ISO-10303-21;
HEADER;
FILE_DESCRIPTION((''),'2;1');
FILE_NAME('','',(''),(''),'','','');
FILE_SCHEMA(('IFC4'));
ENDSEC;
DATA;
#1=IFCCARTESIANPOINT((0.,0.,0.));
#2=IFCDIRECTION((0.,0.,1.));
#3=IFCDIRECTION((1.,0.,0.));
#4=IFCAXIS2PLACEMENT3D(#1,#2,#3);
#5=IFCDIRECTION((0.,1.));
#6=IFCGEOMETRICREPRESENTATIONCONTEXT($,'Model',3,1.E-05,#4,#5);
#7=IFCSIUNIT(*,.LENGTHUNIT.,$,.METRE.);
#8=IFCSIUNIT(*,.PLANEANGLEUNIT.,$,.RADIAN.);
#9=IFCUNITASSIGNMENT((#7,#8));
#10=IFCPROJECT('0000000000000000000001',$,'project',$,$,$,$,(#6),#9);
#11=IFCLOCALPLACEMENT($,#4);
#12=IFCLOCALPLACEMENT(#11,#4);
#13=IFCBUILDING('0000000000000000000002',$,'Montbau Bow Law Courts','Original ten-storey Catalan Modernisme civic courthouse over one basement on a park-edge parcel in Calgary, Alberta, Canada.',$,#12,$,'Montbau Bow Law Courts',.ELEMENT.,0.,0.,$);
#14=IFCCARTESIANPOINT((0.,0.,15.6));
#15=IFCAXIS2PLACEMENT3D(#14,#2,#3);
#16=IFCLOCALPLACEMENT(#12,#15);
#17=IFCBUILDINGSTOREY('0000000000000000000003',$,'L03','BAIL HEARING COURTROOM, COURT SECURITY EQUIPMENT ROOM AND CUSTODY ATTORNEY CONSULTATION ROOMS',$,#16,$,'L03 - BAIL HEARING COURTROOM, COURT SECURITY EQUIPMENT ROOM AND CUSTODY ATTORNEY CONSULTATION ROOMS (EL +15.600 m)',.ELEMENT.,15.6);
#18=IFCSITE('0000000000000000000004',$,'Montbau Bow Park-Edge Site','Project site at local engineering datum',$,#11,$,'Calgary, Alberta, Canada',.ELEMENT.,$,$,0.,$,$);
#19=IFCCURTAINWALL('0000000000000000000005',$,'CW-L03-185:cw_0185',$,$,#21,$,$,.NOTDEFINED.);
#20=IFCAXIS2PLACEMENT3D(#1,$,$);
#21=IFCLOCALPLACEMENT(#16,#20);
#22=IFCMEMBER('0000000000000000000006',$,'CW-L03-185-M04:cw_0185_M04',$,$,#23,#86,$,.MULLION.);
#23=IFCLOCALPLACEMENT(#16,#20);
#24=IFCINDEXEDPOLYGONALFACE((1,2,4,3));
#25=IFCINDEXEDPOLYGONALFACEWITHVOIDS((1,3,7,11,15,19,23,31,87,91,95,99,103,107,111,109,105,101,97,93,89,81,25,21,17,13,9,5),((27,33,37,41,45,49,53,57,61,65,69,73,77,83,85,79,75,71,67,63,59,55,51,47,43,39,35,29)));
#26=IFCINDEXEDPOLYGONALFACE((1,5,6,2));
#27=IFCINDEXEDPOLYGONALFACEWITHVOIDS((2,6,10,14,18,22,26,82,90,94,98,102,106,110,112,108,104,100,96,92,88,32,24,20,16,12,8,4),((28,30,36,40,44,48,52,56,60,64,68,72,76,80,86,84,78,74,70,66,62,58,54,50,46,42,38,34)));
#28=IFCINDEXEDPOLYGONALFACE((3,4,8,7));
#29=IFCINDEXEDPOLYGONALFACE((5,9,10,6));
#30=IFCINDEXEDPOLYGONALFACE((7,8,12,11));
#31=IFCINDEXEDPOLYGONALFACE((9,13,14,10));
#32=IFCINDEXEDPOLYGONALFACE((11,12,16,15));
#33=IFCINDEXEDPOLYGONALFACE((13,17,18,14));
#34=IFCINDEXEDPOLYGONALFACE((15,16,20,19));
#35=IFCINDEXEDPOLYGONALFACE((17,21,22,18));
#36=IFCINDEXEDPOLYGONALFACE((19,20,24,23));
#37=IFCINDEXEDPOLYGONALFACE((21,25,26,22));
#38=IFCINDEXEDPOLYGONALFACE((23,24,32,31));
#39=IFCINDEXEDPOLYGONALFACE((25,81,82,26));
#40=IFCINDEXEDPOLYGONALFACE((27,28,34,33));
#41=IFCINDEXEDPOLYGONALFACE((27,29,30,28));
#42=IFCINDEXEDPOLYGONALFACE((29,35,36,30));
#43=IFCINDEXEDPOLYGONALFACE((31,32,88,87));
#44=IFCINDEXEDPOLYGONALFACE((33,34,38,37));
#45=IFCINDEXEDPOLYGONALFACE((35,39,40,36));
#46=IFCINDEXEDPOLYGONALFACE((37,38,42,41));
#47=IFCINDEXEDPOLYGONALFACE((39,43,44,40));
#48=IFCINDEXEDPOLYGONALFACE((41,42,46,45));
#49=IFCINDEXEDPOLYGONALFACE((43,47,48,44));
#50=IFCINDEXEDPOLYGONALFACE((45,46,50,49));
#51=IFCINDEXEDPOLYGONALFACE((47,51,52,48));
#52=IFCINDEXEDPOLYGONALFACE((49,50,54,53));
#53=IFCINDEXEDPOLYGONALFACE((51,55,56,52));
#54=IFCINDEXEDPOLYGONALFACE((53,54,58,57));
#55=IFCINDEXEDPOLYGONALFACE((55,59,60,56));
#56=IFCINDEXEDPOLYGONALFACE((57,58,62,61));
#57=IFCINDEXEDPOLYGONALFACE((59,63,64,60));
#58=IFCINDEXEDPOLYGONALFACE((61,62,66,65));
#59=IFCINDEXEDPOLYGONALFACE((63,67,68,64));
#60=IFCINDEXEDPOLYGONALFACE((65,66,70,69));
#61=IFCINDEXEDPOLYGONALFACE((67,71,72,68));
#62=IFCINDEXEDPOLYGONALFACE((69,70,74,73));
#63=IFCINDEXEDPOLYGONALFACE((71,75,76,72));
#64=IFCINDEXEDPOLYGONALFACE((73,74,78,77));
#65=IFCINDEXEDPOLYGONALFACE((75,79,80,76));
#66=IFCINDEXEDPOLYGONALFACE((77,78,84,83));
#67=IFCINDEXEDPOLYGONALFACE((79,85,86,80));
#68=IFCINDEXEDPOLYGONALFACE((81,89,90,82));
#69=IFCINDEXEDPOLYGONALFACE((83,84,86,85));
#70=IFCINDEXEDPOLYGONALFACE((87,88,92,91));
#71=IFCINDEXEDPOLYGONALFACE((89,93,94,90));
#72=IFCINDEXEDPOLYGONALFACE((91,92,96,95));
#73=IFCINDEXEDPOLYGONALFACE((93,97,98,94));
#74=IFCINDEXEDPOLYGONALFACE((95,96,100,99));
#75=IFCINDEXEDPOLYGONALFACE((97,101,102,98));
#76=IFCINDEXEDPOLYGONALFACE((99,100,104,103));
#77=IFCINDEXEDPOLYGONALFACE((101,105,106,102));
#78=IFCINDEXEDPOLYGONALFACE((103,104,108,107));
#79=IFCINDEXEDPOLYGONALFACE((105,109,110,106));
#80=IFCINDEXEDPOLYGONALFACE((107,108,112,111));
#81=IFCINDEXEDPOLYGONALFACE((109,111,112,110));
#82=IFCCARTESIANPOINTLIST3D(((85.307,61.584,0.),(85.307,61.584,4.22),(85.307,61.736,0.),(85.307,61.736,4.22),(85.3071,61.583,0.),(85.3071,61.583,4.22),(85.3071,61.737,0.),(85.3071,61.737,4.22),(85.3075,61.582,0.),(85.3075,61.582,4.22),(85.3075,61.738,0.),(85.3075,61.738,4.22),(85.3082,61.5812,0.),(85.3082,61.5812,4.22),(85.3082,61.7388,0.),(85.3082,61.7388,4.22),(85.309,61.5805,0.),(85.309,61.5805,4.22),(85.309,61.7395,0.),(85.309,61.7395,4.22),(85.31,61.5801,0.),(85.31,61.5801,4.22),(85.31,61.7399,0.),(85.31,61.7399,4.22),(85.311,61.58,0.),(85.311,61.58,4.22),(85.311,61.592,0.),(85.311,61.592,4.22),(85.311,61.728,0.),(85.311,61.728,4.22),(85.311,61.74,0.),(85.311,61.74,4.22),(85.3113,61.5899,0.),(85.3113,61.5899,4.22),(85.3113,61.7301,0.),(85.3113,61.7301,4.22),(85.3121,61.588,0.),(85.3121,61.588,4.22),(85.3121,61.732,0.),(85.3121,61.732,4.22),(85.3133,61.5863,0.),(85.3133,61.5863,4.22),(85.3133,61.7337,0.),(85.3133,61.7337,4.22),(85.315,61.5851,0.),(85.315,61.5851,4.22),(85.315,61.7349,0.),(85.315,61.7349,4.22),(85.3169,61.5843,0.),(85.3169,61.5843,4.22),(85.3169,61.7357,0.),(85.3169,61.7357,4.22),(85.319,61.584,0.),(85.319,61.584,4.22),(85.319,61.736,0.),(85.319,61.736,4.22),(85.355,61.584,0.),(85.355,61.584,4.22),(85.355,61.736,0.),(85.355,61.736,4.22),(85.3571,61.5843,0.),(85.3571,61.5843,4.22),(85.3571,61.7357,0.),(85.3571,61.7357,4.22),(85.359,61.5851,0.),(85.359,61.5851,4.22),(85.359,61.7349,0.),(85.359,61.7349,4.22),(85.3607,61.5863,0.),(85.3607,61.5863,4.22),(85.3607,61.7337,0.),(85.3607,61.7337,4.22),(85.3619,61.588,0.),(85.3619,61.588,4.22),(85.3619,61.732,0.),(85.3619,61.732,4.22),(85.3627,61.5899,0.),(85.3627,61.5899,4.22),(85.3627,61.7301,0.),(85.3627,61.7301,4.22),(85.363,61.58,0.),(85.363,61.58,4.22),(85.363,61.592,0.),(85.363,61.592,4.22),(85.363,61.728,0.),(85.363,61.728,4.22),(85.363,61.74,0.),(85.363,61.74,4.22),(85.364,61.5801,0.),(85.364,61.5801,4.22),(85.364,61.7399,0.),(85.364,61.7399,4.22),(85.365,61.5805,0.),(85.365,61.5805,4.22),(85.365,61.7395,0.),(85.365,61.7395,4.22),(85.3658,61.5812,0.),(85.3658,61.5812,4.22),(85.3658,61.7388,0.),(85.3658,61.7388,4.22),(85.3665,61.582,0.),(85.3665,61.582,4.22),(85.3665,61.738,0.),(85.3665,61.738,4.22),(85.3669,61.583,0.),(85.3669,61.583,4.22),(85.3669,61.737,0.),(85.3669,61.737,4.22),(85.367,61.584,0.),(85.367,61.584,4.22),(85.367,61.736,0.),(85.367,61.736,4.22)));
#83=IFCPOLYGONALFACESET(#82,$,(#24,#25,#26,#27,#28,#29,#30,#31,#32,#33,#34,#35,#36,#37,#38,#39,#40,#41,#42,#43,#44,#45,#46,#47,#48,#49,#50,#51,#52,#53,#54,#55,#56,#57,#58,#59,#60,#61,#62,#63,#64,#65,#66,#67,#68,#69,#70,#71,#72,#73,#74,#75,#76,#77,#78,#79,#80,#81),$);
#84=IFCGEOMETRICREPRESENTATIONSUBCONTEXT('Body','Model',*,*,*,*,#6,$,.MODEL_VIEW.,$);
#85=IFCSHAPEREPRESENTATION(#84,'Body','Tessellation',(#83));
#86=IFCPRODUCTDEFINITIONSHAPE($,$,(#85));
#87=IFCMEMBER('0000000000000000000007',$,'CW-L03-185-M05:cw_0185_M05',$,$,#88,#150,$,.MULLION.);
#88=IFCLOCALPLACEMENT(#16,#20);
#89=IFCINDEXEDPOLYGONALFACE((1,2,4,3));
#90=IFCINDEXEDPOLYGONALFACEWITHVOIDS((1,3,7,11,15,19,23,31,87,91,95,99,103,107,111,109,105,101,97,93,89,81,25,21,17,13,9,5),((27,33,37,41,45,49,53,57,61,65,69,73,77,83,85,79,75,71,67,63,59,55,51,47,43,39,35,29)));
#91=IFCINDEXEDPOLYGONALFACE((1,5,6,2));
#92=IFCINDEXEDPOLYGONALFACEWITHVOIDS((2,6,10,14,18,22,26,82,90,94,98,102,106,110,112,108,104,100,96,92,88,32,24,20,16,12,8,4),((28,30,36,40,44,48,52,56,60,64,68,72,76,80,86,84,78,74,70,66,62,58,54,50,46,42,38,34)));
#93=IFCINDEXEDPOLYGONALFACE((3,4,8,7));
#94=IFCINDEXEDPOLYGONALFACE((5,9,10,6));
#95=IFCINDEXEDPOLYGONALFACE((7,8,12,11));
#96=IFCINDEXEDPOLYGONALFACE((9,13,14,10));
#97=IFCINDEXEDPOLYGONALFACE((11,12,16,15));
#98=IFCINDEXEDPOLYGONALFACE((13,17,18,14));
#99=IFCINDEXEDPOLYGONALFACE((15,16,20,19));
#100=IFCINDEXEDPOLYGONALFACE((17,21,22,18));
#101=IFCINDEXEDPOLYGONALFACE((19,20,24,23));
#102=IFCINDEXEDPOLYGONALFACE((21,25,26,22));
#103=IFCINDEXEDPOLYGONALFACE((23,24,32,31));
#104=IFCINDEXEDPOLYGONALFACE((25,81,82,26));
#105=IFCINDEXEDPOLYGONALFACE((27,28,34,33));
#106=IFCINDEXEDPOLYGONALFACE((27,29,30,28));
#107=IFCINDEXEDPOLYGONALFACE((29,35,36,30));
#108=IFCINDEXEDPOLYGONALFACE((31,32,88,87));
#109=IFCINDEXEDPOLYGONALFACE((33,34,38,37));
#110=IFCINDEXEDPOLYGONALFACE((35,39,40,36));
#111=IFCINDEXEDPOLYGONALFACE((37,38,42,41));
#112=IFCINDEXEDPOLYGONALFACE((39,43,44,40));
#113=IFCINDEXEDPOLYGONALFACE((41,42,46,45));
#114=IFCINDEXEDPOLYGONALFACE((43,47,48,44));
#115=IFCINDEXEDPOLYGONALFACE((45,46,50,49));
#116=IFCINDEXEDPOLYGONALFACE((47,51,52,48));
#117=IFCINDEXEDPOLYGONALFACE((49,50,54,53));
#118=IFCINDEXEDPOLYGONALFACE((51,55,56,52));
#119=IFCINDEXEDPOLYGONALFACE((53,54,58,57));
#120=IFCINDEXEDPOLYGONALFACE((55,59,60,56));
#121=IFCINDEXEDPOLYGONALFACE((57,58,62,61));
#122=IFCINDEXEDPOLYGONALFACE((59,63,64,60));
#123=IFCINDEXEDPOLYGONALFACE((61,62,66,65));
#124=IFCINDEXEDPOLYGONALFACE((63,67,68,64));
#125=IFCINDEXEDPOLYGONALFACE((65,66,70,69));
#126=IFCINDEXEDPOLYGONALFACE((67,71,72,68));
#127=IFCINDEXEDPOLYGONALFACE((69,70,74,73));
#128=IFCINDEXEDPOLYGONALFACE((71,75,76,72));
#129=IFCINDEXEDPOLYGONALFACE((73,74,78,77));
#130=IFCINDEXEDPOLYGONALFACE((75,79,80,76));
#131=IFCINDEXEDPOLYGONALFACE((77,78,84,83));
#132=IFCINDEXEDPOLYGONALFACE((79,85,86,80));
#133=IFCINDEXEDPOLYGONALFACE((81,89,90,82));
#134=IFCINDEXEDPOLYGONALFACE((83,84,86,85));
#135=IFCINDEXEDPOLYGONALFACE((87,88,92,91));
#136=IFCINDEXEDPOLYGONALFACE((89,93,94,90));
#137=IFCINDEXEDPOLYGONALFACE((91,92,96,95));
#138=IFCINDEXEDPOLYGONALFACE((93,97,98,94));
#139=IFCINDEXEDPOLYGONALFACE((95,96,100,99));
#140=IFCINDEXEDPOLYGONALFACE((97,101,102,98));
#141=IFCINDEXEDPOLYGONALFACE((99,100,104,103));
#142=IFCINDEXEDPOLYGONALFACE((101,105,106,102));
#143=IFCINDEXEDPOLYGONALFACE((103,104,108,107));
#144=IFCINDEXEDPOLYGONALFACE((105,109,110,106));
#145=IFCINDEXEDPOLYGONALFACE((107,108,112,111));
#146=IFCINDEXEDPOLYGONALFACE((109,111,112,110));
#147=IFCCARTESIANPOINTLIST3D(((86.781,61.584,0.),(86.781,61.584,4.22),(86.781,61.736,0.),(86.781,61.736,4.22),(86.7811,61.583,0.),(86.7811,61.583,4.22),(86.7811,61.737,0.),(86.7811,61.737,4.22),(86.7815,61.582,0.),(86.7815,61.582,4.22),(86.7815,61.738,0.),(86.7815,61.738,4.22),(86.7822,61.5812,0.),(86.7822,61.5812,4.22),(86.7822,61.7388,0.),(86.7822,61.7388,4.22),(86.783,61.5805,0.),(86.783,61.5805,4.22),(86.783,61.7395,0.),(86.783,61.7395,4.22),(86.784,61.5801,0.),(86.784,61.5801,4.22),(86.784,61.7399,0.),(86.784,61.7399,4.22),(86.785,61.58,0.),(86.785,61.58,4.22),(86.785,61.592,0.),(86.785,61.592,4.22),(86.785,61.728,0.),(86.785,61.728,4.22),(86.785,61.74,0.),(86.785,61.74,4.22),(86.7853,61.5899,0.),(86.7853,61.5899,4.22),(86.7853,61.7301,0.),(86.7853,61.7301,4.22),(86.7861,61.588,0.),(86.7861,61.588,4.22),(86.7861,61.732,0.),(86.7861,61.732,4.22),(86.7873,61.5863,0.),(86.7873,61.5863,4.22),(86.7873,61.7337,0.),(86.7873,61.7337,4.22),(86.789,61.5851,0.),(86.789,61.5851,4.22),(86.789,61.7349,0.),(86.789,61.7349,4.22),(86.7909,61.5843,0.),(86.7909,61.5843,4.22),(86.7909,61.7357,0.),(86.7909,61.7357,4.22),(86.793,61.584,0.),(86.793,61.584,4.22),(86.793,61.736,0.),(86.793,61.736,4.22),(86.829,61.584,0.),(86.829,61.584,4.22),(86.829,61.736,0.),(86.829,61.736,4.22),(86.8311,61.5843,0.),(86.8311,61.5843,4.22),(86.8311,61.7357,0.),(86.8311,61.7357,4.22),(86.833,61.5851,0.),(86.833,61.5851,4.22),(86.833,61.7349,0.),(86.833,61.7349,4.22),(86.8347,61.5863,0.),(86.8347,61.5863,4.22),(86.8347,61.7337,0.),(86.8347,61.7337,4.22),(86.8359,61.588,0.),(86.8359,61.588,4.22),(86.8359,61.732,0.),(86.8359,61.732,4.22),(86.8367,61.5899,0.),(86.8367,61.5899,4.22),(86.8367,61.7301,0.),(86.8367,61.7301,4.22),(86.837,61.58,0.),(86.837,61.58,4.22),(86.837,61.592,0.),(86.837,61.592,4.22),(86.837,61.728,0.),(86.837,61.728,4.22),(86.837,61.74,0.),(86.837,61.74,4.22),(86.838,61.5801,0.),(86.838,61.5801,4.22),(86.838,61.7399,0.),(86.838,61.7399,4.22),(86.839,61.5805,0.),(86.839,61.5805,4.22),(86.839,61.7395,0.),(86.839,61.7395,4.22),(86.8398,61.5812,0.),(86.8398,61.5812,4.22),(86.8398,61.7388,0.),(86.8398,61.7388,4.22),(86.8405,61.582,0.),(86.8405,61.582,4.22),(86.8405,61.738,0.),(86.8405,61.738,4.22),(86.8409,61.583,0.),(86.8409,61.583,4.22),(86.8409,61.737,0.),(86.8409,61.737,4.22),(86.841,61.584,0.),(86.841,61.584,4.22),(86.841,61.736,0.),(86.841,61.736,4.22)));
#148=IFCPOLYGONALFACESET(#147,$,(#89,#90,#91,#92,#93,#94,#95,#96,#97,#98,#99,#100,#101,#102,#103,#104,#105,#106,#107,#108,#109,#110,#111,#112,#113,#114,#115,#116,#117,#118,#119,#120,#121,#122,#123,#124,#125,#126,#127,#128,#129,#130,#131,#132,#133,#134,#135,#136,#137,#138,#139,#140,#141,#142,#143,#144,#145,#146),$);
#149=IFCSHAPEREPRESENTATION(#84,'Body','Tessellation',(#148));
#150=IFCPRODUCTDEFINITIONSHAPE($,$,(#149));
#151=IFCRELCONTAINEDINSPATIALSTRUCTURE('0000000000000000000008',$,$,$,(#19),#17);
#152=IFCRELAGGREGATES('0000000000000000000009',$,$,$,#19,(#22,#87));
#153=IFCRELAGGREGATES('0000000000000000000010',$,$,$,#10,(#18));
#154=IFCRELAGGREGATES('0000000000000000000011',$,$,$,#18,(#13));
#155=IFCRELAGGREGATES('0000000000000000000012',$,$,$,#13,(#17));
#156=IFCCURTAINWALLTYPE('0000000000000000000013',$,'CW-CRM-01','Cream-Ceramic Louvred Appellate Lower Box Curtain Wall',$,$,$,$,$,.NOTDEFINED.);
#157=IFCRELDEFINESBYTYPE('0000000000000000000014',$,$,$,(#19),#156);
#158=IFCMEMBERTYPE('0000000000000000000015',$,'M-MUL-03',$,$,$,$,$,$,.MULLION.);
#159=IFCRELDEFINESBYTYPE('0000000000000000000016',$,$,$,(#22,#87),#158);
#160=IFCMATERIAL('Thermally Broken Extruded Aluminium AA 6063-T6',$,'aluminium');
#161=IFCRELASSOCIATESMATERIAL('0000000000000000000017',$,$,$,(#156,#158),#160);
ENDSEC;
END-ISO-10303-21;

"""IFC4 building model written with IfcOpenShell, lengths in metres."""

from ifc_helpers import new_model, si_unit, direction, frame, origin_with_axes, origin_2d_with_axis, place, context, subcontext, project, spatial, hollow_rectangle, extrude, material, material_profile, profile_set, type_object, element, aggregate, save


model = new_model("IFC4")

# Units and contexts
model_context = context("Model", 3, precision=1e-05, world=origin_with_axes(), true_north=direction((0.0, 1.0)))
body_context = subcontext(model_context, "Body", "Model", "MODEL_VIEW")
ifc_project = project(units=[si_unit("LENGTHUNIT", "METRE"), si_unit("PLANEANGLEUNIT", "RADIAN")], contexts=[model_context])

# Site, building, storey
site_placement = place(None, origin_with_axes())
site = spatial("IfcSite", under=ifc_project, at=site_placement, Name="Montbau Bow Park-Edge Site", Description="Project site at local engineering datum", LongName="Calgary, Alberta, Canada", CompositionType="ELEMENT", RefElevation=0.0)
building_placement = place(site_placement, origin_with_axes())
building = spatial("IfcBuilding", under=site, at=building_placement, Name="Montbau Bow Law Courts", Description="Original ten-storey Catalan Modernisme civic courthouse over one basement on a park-edge parcel in Calgary, Alberta, Canada.", LongName="Montbau Bow Law Courts", CompositionType="ELEMENT", ElevationOfRefHeight=0.0, ElevationOfTerrain=0.0)
storey_placement = place(building_placement, frame((0.0, 0.0, 15.6), z_axis=(0.0, 0.0, 1.0), x_axis=(1.0, 0.0, 0.0)))
storey = spatial("IfcBuildingStorey", under=building, at=storey_placement, Name="L03", Description="BAIL HEARING COURTROOM, COURT SECURITY EQUIPMENT ROOM AND CUSTODY ATTORNEY CONSULTATION ROOMS", LongName="L03 - BAIL HEARING COURTROOM, COURT SECURITY EQUIPMENT ROOM AND CUSTODY ATTORNEY CONSULTATION ROOMS (EL +15.600 m)", CompositionType="ELEMENT", Elevation=15.6)

# Curtain wall, members
ifc_material_1 = material(Name="Thermally Broken Extruded Aluminium AA 6063-T6", Category="aluminium")
curtain_wall_type = type_object("IfcCurtainWallType", Name="CW-CRM-01", Description="Cream-Ceramic Louvred Appellate Lower Box Curtain Wall", PredefinedType="NOTDEFINED", material=ifc_material_1)
curtain_wall_placement = place(None, frame((80.915, 61.66, 15.6), z_axis=(0.0, 0.0, 1.0), x_axis=(1.0, 0.0, 0.0)))
curtain_wall = element("IfcCurtainWall", 1, at=curtain_wall_placement, inside=storey, type_object=curtain_wall_type, Name="CW-L03-185:cw_0185", PredefinedType="NOTDEFINED")
ifc_material_profile_1 = material_profile(ifc_material_1, hollow_rectangle(XDim=0.06, YDim=0.16, WallThickness=0.004, InnerFilletRadius=0.008, OuterFilletRadius=0.004, at=origin_2d_with_axis()), Name="CWM-160X60", Category="Main", Priority=0)
ifc_profile_set_1 = profile_set([ifc_material_profile_1], Name="Thermally Broken Extruded Aluminium AA 6063-T6")
member_type_1 = type_object("IfcMemberType", Name="M-MUL-03", PredefinedType="MULLION", material=ifc_profile_set_1)
member_1_placement = place(None, frame((85.337, 61.66, 15.6), z_axis=(0.0, 0.0, 1.0), x_axis=(1.0, 0.0, 0.0)))
member_1 = element("IfcMember", 2, at=member_1_placement, type_object=member_type_1, Name="CW-L03-185-M04:cw_0185_M04", PredefinedType="MULLION", context=body_context, shape_type="SweptSolid", body=[
    extrude(hollow_rectangle(XDim=0.06, YDim=0.16, WallThickness=0.004, InnerFilletRadius=0.008, OuterFilletRadius=0.004, at=origin_2d_with_axis()), origin_with_axes(), (0.0, 0.0, 1.0), 4.22),
])
member_2_placement = place(None, frame((86.811, 61.66, 15.6), z_axis=(0.0, 0.0, 1.0), x_axis=(1.0, 0.0, 0.0)))
member_2 = element("IfcMember", 3, at=member_2_placement, type_object=member_type_1, Name="CW-L03-185-M05:cw_0185_M05", PredefinedType="MULLION", context=body_context, shape_type="SweptSolid", body=[
    extrude(hollow_rectangle(XDim=0.06, YDim=0.16, WallThickness=0.004, InnerFilletRadius=0.008, OuterFilletRadius=0.004, at=origin_2d_with_axis()), origin_with_axes(), (0.0, 0.0, 1.0), 4.22),
])
aggregate(curtain_wall, [member_1, member_2])

save(model, "model.ifc")
